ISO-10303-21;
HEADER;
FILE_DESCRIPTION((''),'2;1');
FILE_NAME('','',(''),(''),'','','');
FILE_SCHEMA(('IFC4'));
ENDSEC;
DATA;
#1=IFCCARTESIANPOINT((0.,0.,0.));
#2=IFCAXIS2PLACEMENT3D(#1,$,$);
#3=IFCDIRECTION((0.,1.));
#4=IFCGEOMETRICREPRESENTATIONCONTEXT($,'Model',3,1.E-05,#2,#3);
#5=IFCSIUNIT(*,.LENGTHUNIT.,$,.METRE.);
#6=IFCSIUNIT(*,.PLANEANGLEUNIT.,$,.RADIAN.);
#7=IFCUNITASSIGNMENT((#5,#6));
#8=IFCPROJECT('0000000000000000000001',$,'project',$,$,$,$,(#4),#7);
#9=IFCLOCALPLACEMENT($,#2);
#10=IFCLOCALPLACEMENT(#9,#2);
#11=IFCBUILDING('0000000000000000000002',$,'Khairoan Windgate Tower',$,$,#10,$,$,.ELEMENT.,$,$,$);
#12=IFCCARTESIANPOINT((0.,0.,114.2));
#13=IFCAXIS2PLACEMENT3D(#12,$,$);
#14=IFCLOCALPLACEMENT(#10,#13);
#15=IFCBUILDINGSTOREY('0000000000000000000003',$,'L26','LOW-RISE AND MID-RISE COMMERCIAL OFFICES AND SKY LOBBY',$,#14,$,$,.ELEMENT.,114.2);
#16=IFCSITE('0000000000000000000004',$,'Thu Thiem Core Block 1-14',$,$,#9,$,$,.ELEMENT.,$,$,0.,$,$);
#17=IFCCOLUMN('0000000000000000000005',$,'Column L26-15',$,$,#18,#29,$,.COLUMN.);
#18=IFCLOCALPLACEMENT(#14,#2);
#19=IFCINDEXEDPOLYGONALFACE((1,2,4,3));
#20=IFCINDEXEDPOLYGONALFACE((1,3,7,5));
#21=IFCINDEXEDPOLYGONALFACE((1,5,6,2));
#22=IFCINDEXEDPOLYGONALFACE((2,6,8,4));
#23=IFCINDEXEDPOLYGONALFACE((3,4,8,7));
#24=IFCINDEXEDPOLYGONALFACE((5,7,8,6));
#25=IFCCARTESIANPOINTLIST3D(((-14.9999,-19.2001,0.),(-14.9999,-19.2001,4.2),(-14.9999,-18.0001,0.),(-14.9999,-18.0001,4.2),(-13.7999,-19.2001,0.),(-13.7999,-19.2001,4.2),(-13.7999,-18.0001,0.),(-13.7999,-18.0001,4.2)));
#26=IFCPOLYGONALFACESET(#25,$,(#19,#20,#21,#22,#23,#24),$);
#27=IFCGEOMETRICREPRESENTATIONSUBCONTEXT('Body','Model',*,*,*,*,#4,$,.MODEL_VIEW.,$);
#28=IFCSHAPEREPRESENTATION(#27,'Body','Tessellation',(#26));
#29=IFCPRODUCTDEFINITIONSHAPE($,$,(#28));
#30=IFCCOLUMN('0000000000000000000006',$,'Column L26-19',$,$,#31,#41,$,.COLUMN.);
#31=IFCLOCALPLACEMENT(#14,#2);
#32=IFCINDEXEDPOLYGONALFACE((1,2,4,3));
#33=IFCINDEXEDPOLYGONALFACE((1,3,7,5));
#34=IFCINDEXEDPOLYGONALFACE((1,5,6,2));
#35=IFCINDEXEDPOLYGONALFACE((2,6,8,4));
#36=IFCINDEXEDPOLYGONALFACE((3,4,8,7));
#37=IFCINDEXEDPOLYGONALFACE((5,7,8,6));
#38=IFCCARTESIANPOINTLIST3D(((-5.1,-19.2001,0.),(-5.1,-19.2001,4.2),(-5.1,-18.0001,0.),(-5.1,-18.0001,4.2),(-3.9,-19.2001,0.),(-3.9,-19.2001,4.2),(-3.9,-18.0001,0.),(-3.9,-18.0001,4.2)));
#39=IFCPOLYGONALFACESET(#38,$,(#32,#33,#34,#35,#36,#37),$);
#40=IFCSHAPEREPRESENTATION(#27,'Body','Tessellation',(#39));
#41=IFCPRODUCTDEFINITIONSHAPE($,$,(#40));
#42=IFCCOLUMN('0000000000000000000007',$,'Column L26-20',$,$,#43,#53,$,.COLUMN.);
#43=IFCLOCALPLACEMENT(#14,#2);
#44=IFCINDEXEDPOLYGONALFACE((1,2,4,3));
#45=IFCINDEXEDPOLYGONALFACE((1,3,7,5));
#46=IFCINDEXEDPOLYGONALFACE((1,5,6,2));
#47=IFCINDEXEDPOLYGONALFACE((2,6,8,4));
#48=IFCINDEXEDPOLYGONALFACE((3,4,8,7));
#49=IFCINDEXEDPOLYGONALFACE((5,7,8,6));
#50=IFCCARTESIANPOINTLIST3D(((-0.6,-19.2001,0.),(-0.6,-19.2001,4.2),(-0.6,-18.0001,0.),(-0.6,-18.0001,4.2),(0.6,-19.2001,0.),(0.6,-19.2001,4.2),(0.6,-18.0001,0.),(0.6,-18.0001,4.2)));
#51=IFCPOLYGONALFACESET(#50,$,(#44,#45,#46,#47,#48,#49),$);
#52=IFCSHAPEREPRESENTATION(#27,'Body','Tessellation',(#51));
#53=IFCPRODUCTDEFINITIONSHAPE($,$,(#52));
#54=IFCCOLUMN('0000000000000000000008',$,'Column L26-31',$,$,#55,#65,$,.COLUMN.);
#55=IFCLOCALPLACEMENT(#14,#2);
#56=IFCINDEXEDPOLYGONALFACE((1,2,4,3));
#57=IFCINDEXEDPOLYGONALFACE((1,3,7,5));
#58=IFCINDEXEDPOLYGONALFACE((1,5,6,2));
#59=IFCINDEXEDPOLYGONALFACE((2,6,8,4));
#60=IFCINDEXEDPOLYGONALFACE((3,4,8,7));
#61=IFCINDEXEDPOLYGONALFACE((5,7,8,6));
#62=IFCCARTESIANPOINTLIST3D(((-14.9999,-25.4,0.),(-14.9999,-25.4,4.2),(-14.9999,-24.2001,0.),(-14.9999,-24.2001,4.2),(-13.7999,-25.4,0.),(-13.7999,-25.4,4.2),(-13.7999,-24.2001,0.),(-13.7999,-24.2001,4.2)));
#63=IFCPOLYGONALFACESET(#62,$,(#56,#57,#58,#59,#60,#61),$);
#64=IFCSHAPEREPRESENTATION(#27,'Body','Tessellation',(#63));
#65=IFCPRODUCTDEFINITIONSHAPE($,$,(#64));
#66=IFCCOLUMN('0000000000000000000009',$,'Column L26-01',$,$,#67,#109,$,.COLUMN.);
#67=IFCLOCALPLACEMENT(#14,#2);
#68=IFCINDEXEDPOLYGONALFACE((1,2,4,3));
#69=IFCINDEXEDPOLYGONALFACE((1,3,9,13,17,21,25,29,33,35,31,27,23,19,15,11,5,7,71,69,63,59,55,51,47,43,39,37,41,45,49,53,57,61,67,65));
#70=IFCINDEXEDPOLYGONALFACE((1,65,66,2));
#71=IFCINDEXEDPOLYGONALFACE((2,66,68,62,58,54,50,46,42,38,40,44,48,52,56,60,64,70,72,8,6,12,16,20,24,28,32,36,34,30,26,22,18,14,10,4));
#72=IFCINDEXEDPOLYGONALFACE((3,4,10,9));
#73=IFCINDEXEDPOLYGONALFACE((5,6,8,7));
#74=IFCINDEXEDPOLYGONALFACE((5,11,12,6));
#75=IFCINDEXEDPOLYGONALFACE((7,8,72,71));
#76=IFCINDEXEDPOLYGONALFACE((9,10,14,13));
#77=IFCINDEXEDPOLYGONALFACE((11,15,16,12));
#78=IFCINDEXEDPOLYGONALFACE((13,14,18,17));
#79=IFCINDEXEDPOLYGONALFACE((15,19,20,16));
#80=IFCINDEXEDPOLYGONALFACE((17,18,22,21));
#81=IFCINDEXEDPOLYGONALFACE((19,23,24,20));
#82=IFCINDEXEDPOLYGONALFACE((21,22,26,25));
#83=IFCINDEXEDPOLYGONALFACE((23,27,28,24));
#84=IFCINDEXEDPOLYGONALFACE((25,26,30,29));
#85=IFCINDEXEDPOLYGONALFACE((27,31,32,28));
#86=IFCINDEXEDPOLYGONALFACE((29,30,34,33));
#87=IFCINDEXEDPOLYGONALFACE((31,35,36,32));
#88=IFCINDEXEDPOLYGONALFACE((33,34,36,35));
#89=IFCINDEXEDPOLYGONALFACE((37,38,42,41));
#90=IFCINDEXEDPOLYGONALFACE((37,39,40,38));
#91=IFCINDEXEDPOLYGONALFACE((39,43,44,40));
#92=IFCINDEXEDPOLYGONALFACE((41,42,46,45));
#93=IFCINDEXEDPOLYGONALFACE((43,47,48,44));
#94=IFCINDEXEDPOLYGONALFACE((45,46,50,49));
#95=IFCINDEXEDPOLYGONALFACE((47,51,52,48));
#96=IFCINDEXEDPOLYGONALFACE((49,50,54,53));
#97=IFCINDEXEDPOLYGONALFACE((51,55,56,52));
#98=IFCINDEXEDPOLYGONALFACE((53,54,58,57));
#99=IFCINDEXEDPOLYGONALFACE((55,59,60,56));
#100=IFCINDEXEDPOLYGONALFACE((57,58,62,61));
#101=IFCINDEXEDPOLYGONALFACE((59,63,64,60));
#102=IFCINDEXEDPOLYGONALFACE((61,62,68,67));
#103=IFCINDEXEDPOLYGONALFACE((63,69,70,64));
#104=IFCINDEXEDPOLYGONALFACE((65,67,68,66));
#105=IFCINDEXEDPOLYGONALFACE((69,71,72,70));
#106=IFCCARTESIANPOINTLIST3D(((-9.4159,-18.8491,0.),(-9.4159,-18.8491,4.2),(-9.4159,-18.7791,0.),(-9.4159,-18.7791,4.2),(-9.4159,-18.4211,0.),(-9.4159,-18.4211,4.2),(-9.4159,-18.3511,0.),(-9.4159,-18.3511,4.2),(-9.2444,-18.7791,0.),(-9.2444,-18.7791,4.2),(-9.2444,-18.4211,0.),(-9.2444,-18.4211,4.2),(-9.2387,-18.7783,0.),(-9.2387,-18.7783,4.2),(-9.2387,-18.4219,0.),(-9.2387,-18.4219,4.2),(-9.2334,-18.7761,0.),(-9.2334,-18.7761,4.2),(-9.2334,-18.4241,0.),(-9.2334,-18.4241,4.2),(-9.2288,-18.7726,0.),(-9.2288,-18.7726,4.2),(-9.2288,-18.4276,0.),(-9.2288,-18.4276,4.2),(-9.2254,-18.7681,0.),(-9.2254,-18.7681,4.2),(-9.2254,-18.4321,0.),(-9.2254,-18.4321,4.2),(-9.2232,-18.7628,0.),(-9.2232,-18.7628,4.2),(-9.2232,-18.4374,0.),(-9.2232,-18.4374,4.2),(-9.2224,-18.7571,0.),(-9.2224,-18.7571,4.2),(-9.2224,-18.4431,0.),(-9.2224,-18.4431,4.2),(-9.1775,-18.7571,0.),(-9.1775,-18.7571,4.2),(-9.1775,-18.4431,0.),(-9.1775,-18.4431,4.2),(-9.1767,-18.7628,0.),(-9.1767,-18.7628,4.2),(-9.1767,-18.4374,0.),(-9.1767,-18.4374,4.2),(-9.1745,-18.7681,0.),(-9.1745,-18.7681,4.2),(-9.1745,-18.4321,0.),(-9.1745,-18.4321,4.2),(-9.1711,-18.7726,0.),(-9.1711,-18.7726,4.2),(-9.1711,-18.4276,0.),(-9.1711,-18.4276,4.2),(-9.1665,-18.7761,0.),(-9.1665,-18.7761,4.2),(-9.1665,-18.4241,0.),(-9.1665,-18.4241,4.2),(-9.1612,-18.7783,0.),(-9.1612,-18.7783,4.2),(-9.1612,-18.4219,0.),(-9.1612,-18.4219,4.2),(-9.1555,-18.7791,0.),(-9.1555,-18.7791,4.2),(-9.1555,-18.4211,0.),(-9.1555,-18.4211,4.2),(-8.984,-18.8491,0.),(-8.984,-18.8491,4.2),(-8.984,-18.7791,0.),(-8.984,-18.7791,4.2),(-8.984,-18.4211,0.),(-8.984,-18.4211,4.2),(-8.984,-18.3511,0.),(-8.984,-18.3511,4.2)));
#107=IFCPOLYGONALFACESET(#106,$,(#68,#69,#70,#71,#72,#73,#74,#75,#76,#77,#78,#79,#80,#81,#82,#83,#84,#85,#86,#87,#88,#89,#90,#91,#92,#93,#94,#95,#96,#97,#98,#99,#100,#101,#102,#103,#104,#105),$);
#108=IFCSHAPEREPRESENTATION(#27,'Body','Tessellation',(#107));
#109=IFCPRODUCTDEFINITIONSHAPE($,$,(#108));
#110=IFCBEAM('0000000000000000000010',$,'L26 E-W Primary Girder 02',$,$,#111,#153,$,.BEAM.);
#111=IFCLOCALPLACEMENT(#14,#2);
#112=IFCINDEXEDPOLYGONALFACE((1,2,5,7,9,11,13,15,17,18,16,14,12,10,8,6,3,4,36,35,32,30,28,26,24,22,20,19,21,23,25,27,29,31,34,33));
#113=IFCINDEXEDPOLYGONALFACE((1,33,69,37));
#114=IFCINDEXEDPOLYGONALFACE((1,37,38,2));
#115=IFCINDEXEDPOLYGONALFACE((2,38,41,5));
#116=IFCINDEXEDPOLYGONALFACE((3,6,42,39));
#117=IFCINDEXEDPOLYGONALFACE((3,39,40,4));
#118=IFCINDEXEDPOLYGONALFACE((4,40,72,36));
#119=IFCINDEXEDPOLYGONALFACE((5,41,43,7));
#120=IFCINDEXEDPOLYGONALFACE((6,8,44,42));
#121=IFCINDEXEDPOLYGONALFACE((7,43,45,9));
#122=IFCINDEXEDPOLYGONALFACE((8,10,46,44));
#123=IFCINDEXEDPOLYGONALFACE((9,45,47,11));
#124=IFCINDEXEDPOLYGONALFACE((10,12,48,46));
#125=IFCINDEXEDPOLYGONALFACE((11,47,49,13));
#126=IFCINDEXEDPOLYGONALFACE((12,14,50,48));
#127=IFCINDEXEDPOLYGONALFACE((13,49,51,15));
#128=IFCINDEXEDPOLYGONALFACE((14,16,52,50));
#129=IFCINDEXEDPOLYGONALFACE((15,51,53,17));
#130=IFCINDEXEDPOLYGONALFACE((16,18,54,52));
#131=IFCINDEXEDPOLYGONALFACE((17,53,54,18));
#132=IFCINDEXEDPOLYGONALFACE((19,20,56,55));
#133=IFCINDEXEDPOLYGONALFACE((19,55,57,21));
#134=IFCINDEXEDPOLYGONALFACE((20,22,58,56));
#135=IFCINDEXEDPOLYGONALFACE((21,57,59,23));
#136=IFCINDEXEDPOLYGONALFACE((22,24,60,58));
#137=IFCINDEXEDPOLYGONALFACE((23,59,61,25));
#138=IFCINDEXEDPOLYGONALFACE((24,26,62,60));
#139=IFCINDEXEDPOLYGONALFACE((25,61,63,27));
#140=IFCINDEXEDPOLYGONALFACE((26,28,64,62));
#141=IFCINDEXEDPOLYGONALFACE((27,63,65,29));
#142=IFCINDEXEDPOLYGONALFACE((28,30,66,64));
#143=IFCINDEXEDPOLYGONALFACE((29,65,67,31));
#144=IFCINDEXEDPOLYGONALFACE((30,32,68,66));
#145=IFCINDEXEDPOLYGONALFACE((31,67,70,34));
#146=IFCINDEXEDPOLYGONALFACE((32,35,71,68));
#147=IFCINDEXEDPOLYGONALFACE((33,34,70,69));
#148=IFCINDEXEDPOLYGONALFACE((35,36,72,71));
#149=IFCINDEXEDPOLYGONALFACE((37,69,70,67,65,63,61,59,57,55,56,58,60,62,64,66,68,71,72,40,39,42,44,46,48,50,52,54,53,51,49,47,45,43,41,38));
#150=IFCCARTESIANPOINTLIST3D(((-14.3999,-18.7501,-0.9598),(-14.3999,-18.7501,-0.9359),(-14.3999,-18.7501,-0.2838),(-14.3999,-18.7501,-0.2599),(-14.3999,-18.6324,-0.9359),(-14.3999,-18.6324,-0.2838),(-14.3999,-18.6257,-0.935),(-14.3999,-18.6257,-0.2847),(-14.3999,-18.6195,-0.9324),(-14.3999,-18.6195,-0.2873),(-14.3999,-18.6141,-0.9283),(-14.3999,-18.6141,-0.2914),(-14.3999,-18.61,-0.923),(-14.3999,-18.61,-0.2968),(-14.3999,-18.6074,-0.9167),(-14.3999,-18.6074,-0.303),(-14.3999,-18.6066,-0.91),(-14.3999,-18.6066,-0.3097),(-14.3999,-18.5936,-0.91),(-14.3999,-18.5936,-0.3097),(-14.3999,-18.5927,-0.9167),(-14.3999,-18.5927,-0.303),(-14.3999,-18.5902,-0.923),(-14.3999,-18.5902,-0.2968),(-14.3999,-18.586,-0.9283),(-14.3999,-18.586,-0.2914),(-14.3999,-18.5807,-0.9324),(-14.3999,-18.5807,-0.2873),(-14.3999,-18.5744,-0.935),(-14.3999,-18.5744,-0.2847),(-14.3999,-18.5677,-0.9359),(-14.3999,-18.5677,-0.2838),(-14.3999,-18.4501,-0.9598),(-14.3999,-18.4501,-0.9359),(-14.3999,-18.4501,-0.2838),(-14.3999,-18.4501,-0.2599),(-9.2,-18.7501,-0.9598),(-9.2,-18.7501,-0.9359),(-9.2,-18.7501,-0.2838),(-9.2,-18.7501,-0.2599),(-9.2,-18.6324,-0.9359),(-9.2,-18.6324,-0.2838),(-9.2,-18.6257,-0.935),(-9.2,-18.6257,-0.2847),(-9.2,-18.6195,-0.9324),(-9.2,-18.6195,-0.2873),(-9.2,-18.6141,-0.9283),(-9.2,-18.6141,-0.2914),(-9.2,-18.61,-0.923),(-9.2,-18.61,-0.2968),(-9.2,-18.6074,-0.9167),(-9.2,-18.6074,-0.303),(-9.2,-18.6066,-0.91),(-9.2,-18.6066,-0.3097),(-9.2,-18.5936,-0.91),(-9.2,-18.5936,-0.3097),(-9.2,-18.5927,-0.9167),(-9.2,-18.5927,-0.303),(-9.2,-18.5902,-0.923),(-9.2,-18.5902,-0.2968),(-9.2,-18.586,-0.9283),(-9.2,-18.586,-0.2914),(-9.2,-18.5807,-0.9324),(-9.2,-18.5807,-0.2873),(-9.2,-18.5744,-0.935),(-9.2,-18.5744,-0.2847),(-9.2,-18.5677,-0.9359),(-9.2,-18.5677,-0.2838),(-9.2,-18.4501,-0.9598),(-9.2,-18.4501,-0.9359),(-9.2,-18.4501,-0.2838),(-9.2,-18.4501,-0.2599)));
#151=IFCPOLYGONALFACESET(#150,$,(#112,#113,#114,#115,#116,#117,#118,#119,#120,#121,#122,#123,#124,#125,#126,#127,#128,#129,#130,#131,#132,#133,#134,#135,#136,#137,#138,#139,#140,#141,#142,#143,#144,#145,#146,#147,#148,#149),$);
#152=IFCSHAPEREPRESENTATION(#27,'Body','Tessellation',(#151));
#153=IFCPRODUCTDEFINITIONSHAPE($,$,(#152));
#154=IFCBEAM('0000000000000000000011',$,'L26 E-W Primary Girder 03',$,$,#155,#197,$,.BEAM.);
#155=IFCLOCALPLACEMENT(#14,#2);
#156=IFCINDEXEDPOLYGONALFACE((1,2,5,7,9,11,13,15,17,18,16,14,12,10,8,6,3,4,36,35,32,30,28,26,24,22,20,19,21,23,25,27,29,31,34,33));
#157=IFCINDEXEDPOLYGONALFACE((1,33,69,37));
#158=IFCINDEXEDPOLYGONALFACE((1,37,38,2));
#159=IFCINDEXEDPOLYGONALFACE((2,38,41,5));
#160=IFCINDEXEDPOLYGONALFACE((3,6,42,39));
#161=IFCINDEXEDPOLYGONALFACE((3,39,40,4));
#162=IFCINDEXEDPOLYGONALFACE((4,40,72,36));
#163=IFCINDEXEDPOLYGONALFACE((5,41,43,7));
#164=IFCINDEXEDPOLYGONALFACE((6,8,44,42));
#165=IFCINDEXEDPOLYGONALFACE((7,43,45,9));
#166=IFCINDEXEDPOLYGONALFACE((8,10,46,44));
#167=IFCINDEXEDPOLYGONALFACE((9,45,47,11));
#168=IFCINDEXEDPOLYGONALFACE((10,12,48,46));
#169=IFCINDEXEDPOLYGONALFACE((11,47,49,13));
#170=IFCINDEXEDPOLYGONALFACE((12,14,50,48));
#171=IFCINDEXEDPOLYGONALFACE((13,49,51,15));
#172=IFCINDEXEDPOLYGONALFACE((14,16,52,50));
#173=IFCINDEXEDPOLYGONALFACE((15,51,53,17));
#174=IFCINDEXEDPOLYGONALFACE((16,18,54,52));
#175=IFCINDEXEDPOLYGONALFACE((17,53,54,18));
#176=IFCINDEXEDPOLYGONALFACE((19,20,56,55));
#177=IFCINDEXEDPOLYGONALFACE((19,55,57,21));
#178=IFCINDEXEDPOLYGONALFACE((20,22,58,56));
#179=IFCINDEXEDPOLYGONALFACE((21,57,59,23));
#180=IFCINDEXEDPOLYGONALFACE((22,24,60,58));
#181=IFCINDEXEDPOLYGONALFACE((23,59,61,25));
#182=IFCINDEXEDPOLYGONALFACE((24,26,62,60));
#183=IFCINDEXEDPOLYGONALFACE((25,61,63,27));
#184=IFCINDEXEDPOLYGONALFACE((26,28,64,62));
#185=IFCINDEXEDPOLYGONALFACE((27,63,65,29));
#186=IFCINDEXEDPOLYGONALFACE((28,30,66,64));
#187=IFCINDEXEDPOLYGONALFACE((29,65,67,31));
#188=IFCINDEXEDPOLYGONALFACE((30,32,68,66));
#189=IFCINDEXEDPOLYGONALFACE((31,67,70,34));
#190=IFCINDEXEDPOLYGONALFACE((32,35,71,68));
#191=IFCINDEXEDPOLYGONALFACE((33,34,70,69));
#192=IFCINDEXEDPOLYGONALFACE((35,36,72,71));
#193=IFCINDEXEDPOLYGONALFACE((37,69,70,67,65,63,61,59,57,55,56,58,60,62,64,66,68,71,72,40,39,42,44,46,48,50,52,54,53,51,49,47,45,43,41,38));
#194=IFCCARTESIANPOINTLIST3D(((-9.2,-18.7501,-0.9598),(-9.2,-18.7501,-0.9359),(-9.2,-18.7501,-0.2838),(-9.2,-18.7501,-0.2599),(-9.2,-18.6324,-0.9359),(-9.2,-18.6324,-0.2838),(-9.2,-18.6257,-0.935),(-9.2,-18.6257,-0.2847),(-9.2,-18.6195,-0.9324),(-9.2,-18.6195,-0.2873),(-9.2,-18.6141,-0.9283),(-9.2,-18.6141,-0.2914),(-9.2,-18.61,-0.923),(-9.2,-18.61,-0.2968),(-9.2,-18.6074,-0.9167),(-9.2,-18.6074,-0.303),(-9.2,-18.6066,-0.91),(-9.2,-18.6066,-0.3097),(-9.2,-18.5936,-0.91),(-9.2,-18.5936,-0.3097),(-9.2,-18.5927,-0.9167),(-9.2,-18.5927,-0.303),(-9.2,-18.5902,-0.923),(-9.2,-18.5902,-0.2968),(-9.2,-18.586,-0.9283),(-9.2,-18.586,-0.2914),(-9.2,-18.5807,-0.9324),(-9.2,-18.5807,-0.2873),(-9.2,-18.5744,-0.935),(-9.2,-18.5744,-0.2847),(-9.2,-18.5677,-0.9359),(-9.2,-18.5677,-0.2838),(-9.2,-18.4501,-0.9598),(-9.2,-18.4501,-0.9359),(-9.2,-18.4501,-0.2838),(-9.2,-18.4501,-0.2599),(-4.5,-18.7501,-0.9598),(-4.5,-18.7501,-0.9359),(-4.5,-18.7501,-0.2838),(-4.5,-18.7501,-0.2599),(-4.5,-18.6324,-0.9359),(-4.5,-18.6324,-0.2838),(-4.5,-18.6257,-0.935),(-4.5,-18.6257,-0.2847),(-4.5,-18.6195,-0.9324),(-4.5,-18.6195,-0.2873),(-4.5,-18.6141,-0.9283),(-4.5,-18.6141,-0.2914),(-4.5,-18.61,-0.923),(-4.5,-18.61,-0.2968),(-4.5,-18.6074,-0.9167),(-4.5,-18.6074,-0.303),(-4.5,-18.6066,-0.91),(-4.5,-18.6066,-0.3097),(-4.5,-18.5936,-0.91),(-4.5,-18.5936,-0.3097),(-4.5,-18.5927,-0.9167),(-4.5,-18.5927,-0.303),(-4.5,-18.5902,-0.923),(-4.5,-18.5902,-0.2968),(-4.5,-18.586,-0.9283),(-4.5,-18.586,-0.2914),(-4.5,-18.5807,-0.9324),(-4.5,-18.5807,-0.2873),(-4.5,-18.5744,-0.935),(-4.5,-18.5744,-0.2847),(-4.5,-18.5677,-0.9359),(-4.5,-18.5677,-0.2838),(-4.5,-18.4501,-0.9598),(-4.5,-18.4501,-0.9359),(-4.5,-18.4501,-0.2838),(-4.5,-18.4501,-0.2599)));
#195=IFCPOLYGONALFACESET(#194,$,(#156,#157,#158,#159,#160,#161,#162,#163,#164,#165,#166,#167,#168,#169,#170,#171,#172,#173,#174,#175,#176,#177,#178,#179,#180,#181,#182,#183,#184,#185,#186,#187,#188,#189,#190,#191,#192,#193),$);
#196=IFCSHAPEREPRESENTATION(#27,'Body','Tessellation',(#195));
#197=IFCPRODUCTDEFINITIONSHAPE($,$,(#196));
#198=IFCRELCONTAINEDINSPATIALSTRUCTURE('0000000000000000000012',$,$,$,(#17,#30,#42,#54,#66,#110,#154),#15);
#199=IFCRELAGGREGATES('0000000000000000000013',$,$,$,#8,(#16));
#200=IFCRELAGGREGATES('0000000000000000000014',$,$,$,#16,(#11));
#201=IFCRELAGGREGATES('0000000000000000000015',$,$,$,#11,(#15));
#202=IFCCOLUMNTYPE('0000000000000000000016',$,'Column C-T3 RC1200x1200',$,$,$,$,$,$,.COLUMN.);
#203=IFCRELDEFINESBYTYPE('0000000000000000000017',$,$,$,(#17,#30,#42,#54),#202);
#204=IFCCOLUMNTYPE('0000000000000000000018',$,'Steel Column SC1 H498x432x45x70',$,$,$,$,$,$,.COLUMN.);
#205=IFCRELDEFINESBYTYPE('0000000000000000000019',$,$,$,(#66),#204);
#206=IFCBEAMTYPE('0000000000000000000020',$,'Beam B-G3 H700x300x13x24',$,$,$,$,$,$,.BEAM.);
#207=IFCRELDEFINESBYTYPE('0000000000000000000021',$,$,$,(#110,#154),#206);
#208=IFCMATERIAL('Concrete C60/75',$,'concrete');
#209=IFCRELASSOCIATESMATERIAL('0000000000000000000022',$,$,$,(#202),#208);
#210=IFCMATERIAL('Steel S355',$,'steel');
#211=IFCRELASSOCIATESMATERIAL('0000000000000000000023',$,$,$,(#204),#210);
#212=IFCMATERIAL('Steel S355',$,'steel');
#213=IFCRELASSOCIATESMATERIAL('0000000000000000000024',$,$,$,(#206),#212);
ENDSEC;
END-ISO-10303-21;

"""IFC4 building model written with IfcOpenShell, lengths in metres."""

from ifc_helpers import new_model, si_unit, direction, frame, origin, origin_2d, place, context, subcontext, project, spatial, rectangle, i_section, extrude, material, material_profile, profile_set, type_object, element, save


model = new_model("IFC4")

# Units and contexts
model_context = context("Model", 3, precision=1e-05, world=origin(), true_north=direction((0.0, 1.0)))
body_context = subcontext(model_context, "Body", "Model", "MODEL_VIEW")
ifc_project = project(units=[si_unit("LENGTHUNIT", "METRE"), si_unit("PLANEANGLEUNIT", "RADIAN")], contexts=[model_context])

# Site, building, storey
site_placement = place(None, origin())
site = spatial("IfcSite", under=ifc_project, at=site_placement, Name="Thu Thiem Core Block 1-14", CompositionType="ELEMENT", RefElevation=0.0)
building_placement = place(site_placement, origin())
building = spatial("IfcBuilding", under=site, at=building_placement, Name="Khairoan Windgate Tower", CompositionType="ELEMENT")
storey_placement = place(building_placement, frame((0.0, 0.0, 114.2)))
storey = spatial("IfcBuildingStorey", under=building, at=storey_placement, Name="L26", Description="LOW-RISE AND MID-RISE COMMERCIAL OFFICES AND SKY LOBBY", CompositionType="ELEMENT", Elevation=114.2)

# Columns
ifc_material_1 = material(Name="Concrete C60/75", Category="concrete")
ifc_material_profile_1 = material_profile(ifc_material_1, rectangle(XDim=1.2, YDim=1.2, at=origin_2d()))
ifc_profile_set_1 = profile_set([ifc_material_profile_1], Name="Concrete C60/75")
column_type_1 = type_object("IfcColumnType", Name="Column C-T3 RC1200x1200", PredefinedType="COLUMN", material=ifc_profile_set_1)
for number, where, z_axis, x_axis, name in (
    (1, (-14.3999, -18.6001, 0.0), (0.0, 0.0, 1.0), (1.0, 0.0, 0.0), "Column L26-15"),
    (2, (-4.5, -18.6001, 0.0), (0.0, 0.0, 1.0), (1.0, 0.0, 0.0), "Column L26-19"),
    (3, (0.0, -18.6001, 0.0), (0.0, 0.0, 1.0), (1.0, 0.0, 0.0), "Column L26-20"),
    (4, (-14.3999, -24.8, 0.0), (0.0, 0.0, 1.0), (1.0, 0.0, 0.0), "Column L26-31"),
):
    element("IfcColumn", number, at=place(storey_placement, frame(where, z_axis=z_axis, x_axis=x_axis)), inside=storey, type_object=column_type_1, Name=name, PredefinedType="COLUMN", context=body_context, shape_type="SweptSolid", body=[
        extrude(rectangle(XDim=1.2, YDim=1.2, at=origin_2d()), origin(), (0.0, 0.0, 1.0), 4.2),
    ])
ifc_material_2 = material(Name="Steel S355", Category="steel")
ifc_material_profile_2 = material_profile(ifc_material_2, i_section(OverallWidth=0.4319, OverallDepth=0.498, WebThickness=0.0449, FlangeThickness=0.0701, FilletRadius=0.022, at=origin_2d()))
ifc_profile_set_2 = profile_set([ifc_material_profile_2], Name="Steel S355")
column_type_2 = type_object("IfcColumnType", Name="Steel Column SC1 H498x432x45x70", PredefinedType="COLUMN", material=ifc_profile_set_2)
column_placement = place(storey_placement, frame((-9.2, -18.6001, 0.0), z_axis=(0.0, 0.0, 1.0), x_axis=(1.0, 0.0, 0.0)))
element("IfcColumn", 5, at=column_placement, inside=storey, type_object=column_type_2, Name="Column L26-01", PredefinedType="COLUMN", context=body_context, shape_type="SweptSolid", body=[
    extrude(i_section(OverallWidth=0.4319, OverallDepth=0.498, WebThickness=0.0449, FlangeThickness=0.0701, FilletRadius=0.022, at=origin_2d()), origin(), (0.0, 0.0, 1.0), 4.2),
])

# Beams
ifc_material_3 = material(Name="Steel S355", Category="steel")
ifc_material_profile_3 = material_profile(ifc_material_3, i_section(OverallWidth=0.3, OverallDepth=0.7, WebThickness=0.0129, FlangeThickness=0.0239, FilletRadius=0.0259, at=origin_2d()))
ifc_profile_set_3 = profile_set([ifc_material_profile_3], Name="Steel S355")
beam_type_1 = type_object("IfcBeamType", Name="Beam B-G3 H700x300x13x24", PredefinedType="BEAM", material=ifc_profile_set_3)
beam_1_placement = place(storey_placement, frame((-14.3999, -18.6001, -0.6099), z_axis=(1.0, 0.0, 0.0), x_axis=(0.0, 1.0, 0.0)))
element("IfcBeam", 6, at=beam_1_placement, inside=storey, type_object=beam_type_1, Name="L26 E-W Primary Girder 02", PredefinedType="BEAM", context=body_context, shape_type="SweptSolid", body=[
    extrude(i_section(OverallWidth=0.3, OverallDepth=0.7, WebThickness=0.0129, FlangeThickness=0.0239, FilletRadius=0.0259, at=origin_2d()), origin(), (0.0, 0.0, 1.0), 5.2),
])
beam_2_placement = place(storey_placement, frame((-9.2, -18.6001, -0.6099), z_axis=(1.0, 0.0, 0.0), x_axis=(0.0, 1.0, 0.0)))
element("IfcBeam", 7, at=beam_2_placement, inside=storey, type_object=beam_type_1, Name="L26 E-W Primary Girder 03", PredefinedType="BEAM", context=body_context, shape_type="SweptSolid", body=[
    extrude(i_section(OverallWidth=0.3, OverallDepth=0.7, WebThickness=0.0129, FlangeThickness=0.0239, FilletRadius=0.0259, at=origin_2d()), origin(), (0.0, 0.0, 1.0), 4.7),
])

save(model, "model.ifc")
